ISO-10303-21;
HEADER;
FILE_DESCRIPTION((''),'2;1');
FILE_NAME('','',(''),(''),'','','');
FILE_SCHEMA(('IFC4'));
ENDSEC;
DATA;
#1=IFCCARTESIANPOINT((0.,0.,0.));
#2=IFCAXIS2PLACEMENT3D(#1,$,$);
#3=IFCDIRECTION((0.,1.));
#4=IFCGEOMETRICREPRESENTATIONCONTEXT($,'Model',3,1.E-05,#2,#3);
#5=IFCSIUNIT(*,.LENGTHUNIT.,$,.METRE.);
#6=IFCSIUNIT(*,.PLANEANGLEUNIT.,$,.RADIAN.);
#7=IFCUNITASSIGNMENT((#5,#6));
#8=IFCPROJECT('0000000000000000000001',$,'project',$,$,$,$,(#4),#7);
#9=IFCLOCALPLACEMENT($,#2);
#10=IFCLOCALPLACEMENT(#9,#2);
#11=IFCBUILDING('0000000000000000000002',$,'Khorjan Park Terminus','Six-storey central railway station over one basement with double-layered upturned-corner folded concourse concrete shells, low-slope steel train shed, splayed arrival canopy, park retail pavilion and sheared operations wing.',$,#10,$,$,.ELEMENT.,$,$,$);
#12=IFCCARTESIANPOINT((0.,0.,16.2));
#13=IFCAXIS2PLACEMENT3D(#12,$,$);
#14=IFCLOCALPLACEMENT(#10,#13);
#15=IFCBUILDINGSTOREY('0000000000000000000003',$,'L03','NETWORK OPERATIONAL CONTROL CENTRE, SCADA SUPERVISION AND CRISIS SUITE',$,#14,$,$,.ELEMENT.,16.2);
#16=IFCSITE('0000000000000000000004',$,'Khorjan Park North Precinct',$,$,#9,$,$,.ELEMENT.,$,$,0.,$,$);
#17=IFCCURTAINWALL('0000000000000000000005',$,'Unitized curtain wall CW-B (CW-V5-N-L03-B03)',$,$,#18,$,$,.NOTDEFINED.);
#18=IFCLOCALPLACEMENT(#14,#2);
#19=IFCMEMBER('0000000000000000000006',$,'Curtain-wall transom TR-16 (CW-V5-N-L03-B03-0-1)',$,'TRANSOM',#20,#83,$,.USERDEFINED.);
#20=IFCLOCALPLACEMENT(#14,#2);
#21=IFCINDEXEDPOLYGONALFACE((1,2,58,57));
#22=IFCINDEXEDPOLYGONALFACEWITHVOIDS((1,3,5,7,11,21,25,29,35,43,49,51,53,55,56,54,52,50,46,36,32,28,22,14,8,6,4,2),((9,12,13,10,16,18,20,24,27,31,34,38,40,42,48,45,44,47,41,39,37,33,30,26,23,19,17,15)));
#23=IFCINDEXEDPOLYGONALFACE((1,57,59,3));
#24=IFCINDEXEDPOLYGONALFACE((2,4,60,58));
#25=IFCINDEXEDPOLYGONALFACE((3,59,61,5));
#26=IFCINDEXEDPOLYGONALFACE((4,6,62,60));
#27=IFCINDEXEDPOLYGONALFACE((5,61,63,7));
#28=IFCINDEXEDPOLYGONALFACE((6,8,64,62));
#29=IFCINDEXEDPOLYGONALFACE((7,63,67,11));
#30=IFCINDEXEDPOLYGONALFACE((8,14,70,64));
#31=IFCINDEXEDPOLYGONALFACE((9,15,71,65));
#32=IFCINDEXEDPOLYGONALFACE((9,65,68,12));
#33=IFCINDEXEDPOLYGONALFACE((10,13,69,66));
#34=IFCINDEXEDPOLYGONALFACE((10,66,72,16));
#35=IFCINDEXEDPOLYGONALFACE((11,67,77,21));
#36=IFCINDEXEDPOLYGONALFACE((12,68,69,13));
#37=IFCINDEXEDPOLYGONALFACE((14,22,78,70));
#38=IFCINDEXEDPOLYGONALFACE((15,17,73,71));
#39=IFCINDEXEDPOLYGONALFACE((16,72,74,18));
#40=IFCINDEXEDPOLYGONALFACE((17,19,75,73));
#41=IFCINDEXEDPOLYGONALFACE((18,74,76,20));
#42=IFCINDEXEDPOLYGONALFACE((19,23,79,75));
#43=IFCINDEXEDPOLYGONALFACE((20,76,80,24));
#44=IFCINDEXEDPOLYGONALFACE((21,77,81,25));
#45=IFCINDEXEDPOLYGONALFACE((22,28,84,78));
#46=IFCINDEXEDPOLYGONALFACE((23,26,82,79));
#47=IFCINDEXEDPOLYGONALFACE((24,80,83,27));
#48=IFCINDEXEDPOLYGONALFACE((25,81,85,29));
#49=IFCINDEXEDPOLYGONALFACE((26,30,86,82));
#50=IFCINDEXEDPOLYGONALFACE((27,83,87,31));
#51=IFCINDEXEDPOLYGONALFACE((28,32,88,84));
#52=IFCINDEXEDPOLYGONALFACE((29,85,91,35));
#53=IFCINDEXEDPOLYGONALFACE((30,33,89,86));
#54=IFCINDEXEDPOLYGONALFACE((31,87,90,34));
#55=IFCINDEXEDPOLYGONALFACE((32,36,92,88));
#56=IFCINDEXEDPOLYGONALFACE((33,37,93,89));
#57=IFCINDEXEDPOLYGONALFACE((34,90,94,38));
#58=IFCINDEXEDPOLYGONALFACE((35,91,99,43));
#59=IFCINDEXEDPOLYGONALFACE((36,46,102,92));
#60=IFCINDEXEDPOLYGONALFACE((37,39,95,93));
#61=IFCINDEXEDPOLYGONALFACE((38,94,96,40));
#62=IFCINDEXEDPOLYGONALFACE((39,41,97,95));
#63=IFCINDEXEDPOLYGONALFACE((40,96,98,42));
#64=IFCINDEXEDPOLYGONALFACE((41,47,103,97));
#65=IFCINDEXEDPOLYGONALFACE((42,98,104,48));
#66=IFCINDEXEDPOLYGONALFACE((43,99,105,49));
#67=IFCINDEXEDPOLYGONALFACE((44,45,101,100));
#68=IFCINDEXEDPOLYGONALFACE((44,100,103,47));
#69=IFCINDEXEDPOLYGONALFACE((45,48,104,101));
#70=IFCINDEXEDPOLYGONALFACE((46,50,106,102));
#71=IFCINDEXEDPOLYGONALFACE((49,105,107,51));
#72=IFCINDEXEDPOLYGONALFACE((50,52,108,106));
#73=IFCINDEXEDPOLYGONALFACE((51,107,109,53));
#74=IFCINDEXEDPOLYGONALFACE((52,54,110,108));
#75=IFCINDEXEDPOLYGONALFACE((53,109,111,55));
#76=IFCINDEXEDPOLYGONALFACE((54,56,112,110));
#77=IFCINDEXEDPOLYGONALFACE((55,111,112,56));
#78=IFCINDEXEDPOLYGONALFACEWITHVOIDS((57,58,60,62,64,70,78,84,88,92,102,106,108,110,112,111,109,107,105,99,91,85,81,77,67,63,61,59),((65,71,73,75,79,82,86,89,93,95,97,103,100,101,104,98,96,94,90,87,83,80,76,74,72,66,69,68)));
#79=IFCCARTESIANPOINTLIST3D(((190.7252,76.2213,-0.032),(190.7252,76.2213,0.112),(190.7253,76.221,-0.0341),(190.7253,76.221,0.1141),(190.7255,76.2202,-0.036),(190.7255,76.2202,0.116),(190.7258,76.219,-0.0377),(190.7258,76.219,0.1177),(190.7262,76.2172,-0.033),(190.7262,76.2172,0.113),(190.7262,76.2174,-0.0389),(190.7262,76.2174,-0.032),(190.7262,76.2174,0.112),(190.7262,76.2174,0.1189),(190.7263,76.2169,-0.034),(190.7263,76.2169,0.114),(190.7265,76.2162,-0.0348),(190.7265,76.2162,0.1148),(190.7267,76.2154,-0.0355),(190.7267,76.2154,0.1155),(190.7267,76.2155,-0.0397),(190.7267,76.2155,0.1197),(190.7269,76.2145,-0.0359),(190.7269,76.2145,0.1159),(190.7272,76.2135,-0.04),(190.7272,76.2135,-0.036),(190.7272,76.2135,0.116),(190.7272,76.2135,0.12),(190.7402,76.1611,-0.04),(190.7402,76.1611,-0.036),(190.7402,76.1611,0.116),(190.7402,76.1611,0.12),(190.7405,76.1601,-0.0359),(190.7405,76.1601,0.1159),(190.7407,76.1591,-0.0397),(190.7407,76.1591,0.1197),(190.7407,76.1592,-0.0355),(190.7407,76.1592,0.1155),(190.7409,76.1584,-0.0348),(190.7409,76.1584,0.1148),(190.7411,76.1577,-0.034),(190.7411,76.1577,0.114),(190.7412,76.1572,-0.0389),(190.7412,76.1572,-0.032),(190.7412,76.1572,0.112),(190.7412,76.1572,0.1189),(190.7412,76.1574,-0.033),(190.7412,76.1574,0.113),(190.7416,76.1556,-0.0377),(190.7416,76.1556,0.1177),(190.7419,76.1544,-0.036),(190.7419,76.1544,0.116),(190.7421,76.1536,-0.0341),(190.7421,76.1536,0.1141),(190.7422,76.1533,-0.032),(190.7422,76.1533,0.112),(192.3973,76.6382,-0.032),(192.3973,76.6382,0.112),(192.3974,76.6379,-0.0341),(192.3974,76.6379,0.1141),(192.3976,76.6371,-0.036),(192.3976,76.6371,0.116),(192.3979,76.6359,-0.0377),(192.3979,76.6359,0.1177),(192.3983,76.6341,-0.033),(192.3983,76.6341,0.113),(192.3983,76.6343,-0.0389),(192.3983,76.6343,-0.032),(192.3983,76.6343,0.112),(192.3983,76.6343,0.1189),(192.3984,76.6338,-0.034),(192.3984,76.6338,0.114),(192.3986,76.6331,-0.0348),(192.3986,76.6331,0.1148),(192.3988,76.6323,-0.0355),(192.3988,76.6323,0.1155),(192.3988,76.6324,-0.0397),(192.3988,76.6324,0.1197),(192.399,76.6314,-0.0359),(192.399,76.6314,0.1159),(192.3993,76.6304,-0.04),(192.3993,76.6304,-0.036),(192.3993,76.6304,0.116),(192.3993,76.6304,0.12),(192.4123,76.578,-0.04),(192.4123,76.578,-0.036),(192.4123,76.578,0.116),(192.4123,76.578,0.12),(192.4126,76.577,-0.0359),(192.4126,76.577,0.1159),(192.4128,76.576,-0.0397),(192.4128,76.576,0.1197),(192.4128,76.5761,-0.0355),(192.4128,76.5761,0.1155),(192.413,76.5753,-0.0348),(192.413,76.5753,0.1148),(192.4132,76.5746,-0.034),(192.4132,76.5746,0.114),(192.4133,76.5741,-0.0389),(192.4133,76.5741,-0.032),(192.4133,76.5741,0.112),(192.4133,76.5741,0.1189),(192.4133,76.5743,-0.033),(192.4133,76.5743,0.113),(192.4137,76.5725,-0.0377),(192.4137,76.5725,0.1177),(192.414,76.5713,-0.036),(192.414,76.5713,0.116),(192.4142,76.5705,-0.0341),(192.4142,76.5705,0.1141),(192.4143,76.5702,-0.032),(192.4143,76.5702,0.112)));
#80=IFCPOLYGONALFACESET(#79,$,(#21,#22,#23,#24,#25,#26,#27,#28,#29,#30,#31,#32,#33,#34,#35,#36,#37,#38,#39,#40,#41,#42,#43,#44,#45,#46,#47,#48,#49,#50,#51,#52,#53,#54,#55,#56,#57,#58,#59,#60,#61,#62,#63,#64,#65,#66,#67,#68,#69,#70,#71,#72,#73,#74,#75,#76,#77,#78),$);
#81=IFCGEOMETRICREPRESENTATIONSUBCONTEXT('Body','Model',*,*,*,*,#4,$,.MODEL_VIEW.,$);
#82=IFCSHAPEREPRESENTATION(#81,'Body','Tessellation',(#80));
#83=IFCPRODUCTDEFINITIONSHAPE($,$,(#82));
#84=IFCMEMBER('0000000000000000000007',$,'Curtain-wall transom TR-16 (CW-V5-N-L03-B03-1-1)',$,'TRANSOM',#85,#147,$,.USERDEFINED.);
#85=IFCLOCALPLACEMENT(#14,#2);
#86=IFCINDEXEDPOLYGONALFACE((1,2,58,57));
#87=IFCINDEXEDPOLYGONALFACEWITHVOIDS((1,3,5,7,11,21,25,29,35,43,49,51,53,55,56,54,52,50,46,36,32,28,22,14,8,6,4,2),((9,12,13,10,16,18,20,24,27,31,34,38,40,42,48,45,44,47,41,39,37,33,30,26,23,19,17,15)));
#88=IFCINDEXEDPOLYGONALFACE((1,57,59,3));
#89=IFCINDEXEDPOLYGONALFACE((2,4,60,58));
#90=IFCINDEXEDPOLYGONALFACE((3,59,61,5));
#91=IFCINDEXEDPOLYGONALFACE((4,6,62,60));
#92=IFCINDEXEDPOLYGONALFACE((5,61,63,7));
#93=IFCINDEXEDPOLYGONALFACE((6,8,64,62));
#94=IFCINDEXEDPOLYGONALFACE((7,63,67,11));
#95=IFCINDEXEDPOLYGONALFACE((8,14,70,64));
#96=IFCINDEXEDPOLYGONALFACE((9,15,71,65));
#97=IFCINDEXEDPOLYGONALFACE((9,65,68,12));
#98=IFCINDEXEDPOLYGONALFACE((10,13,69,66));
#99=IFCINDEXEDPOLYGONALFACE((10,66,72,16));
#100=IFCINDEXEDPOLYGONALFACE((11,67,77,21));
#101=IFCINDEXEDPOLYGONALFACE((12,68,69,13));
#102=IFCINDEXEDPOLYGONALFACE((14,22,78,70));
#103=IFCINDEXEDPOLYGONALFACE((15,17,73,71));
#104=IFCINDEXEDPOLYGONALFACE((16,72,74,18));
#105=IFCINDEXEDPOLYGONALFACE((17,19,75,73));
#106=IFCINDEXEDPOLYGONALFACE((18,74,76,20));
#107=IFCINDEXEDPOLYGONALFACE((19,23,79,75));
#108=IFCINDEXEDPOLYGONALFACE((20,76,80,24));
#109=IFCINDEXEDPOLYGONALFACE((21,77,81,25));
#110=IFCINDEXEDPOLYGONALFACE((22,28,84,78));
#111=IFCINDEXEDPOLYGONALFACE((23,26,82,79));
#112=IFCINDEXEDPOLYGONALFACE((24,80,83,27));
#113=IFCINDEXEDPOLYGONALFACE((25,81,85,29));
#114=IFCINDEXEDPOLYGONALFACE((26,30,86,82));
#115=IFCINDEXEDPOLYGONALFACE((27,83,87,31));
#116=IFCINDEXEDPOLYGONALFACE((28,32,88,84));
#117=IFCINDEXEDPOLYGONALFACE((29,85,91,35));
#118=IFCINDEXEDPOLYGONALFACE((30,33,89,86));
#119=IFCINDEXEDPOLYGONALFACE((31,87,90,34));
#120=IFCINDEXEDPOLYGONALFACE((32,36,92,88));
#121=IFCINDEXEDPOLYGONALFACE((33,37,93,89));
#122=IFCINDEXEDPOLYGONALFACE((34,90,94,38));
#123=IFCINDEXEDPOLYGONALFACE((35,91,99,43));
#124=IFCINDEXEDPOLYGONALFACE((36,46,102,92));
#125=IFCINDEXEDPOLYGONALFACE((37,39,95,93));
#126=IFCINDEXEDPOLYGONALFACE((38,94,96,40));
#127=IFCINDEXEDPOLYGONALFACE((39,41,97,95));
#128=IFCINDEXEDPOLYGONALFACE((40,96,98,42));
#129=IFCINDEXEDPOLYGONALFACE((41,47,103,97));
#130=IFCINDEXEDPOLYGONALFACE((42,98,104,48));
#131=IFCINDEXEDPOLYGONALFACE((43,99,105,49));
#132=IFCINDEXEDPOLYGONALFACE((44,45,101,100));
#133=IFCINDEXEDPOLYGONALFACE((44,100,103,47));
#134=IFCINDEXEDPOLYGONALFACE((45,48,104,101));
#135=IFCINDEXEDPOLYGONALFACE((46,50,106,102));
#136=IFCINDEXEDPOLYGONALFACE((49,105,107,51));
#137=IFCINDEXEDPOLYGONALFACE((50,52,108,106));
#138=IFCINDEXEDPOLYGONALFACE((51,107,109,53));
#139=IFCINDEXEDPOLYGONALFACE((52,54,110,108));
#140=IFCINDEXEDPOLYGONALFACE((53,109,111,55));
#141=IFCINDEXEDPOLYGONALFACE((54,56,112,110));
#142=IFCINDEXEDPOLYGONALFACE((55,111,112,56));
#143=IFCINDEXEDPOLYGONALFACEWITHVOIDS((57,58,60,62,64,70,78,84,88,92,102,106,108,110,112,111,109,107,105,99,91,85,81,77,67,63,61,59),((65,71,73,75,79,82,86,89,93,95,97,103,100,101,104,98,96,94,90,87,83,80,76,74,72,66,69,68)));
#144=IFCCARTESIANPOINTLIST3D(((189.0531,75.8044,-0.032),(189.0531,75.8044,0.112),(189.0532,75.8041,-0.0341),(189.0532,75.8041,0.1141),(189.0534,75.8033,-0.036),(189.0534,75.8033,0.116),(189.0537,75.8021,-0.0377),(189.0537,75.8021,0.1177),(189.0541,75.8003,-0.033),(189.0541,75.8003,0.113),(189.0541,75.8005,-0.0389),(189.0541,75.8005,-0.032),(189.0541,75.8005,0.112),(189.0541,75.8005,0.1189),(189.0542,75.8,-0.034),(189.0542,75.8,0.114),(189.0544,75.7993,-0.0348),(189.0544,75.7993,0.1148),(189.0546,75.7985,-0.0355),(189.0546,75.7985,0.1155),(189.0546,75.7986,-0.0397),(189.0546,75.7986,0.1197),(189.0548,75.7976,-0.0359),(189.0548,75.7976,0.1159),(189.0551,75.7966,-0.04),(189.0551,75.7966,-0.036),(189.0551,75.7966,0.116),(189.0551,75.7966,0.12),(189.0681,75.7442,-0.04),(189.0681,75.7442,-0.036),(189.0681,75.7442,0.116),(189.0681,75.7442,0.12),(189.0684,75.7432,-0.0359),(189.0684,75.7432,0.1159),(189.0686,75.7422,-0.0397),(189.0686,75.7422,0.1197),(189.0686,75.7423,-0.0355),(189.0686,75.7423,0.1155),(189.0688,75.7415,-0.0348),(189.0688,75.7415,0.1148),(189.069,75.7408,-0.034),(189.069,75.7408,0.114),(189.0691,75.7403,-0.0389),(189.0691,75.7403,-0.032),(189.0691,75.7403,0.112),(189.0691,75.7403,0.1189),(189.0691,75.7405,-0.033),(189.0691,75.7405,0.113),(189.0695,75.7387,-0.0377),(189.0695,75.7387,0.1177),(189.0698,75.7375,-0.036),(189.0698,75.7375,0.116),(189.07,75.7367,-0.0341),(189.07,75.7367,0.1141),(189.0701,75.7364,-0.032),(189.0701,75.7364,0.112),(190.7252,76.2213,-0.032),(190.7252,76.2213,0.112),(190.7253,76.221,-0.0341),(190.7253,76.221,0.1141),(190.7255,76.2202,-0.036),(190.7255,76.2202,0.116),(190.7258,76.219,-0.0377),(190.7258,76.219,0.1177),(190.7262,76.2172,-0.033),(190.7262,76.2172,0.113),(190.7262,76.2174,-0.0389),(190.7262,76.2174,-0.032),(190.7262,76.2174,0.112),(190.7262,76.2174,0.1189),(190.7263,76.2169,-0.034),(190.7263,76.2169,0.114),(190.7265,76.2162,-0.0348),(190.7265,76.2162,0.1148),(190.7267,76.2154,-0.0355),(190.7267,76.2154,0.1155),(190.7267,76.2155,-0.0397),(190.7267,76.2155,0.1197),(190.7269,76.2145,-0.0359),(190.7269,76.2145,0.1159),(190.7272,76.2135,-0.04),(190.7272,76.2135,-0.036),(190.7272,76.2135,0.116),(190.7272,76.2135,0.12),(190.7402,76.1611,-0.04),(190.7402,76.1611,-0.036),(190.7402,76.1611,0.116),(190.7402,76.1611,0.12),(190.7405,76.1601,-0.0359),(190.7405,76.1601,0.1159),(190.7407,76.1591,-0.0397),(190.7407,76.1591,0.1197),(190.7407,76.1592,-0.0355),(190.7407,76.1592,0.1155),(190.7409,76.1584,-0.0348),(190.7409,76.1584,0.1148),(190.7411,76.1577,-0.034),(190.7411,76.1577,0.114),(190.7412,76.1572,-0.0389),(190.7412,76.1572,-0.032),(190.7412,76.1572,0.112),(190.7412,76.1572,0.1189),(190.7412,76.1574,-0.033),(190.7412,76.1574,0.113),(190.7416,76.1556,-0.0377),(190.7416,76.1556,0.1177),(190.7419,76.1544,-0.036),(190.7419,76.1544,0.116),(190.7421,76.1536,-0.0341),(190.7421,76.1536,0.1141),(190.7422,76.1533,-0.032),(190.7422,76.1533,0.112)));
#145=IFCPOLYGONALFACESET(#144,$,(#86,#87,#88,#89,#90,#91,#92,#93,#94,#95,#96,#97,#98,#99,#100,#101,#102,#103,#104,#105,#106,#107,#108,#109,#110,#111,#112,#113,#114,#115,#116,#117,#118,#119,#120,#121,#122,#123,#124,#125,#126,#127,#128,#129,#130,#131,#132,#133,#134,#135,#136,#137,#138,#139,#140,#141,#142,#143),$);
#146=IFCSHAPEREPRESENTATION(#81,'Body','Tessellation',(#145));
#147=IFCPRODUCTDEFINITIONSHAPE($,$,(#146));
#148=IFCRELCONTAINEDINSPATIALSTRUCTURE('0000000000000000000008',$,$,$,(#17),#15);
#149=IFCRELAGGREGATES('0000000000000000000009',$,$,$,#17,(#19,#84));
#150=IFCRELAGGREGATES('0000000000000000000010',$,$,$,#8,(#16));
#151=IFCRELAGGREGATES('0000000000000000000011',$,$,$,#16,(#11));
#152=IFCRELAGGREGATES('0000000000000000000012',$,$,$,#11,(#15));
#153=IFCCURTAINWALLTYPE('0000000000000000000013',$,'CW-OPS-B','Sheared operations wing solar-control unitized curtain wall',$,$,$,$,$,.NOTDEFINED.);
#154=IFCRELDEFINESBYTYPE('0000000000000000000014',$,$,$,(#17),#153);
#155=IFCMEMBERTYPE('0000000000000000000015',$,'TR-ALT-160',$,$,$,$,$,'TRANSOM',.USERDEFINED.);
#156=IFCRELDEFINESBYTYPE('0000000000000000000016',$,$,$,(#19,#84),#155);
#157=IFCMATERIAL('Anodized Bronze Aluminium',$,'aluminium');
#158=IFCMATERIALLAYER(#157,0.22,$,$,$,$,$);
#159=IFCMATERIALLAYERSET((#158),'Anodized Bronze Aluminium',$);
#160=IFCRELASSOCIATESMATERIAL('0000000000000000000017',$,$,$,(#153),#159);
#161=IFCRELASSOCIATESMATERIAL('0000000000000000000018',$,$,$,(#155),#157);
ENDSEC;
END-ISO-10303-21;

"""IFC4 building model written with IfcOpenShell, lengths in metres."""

from ifc_helpers import new_model, si_unit, direction, frame, origin, origin_2d, place, context, subcontext, project, spatial, hollow_rectangle, extrude, material, layer, layer_set, material_profile, profile_set, type_object, element, aggregate, save


model = new_model("IFC4")

# Units and contexts
model_context = context("Model", 3, precision=1e-05, world=origin(), true_north=direction((0.0, 1.0)))
body_context = subcontext(model_context, "Body", "Model", "MODEL_VIEW")
ifc_project = project(units=[si_unit("LENGTHUNIT", "METRE"), si_unit("PLANEANGLEUNIT", "RADIAN")], contexts=[model_context])

# Site, building, storey
site_placement = place(None, origin())
site = spatial("IfcSite", under=ifc_project, at=site_placement, Name="Khorjan Park North Precinct", CompositionType="ELEMENT", RefElevation=0.0)
building_placement = place(site_placement, origin())
building = spatial("IfcBuilding", under=site, at=building_placement, Name="Khorjan Park Terminus", Description="Six-storey central railway station over one basement with double-layered upturned-corner folded concourse concrete shells, low-slope steel train shed, splayed arrival canopy, park retail pavilion and sheared operations wing.", CompositionType="ELEMENT")
storey_placement = place(building_placement, frame((0.0, 0.0, 16.2)))
storey = spatial("IfcBuildingStorey", under=building, at=storey_placement, Name="L03", Description="NETWORK OPERATIONAL CONTROL CENTRE, SCADA SUPERVISION AND CRISIS SUITE", CompositionType="ELEMENT", Elevation=16.2)

# Curtain wall, members
ifc_material_1 = material(Name="Anodized Bronze Aluminium", Category="aluminium")
ifc_layer_1 = layer(ifc_material_1, 0.22)
ifc_layer_set_1 = layer_set([ifc_layer_1], Name="Anodized Bronze Aluminium")
curtain_wall_type = type_object("IfcCurtainWallType", Name="CW-OPS-B", Description="Sheared operations wing solar-control unitized curtain wall", PredefinedType="NOTDEFINED", material=ifc_layer_set_1)
curtain_wall_placement = place(storey_placement, origin())
curtain_wall = element("IfcCurtainWall", 1, at=curtain_wall_placement, inside=storey, type_object=curtain_wall_type, Name="Unitized curtain wall CW-B (CW-V5-N-L03-B03)", PredefinedType="NOTDEFINED")
ifc_material_profile_1 = material_profile(ifc_material_1, hollow_rectangle(XDim=0.07, YDim=0.16, WallThickness=0.004, InnerFilletRadius=0.004, OuterFilletRadius=0.008, at=origin_2d()), Name="ALT 70x160x4")
ifc_profile_set_1 = profile_set([ifc_material_profile_1], Name="Anodized Bronze Aluminium")
member_type_1 = type_object("IfcMemberType", Name="TR-ALT-160", ElementType="TRANSOM", PredefinedType="USERDEFINED", material=ifc_profile_set_1)
member_1_placement = place(storey_placement, frame((192.4058, 76.6042, 0.04), z_axis=(-0.970296, -0.241921, 0.0), x_axis=(0.241921, -0.970296, 0.0)))
member_1 = element("IfcMember", 2, at=member_1_placement, type_object=member_type_1, Name="Curtain-wall transom TR-16 (CW-V5-N-L03-B03-0-1)", ObjectType="TRANSOM", PredefinedType="USERDEFINED", context=body_context, shape_type="SweptSolid", body=[
    extrude(hollow_rectangle(XDim=0.07, YDim=0.16, WallThickness=0.004, InnerFilletRadius=0.004, OuterFilletRadius=0.008, at=origin_2d()), origin(), (0.0, 0.0, 1.0), 1.7233),
])
member_2_placement = place(storey_placement, frame((190.7337, 76.1873, 0.04), z_axis=(-0.970296, -0.241921, 0.0), x_axis=(0.241921, -0.970296, 0.0)))
member_2 = element("IfcMember", 3, at=member_2_placement, type_object=member_type_1, Name="Curtain-wall transom TR-16 (CW-V5-N-L03-B03-1-1)", ObjectType="TRANSOM", PredefinedType="USERDEFINED", context=body_context, shape_type="SweptSolid", body=[
    extrude(hollow_rectangle(XDim=0.07, YDim=0.16, WallThickness=0.004, InnerFilletRadius=0.004, OuterFilletRadius=0.008, at=origin_2d()), origin(), (0.0, 0.0, 1.0), 1.7233),
])
aggregate(curtain_wall, [member_1, member_2])

save(model, "model.ifc")
